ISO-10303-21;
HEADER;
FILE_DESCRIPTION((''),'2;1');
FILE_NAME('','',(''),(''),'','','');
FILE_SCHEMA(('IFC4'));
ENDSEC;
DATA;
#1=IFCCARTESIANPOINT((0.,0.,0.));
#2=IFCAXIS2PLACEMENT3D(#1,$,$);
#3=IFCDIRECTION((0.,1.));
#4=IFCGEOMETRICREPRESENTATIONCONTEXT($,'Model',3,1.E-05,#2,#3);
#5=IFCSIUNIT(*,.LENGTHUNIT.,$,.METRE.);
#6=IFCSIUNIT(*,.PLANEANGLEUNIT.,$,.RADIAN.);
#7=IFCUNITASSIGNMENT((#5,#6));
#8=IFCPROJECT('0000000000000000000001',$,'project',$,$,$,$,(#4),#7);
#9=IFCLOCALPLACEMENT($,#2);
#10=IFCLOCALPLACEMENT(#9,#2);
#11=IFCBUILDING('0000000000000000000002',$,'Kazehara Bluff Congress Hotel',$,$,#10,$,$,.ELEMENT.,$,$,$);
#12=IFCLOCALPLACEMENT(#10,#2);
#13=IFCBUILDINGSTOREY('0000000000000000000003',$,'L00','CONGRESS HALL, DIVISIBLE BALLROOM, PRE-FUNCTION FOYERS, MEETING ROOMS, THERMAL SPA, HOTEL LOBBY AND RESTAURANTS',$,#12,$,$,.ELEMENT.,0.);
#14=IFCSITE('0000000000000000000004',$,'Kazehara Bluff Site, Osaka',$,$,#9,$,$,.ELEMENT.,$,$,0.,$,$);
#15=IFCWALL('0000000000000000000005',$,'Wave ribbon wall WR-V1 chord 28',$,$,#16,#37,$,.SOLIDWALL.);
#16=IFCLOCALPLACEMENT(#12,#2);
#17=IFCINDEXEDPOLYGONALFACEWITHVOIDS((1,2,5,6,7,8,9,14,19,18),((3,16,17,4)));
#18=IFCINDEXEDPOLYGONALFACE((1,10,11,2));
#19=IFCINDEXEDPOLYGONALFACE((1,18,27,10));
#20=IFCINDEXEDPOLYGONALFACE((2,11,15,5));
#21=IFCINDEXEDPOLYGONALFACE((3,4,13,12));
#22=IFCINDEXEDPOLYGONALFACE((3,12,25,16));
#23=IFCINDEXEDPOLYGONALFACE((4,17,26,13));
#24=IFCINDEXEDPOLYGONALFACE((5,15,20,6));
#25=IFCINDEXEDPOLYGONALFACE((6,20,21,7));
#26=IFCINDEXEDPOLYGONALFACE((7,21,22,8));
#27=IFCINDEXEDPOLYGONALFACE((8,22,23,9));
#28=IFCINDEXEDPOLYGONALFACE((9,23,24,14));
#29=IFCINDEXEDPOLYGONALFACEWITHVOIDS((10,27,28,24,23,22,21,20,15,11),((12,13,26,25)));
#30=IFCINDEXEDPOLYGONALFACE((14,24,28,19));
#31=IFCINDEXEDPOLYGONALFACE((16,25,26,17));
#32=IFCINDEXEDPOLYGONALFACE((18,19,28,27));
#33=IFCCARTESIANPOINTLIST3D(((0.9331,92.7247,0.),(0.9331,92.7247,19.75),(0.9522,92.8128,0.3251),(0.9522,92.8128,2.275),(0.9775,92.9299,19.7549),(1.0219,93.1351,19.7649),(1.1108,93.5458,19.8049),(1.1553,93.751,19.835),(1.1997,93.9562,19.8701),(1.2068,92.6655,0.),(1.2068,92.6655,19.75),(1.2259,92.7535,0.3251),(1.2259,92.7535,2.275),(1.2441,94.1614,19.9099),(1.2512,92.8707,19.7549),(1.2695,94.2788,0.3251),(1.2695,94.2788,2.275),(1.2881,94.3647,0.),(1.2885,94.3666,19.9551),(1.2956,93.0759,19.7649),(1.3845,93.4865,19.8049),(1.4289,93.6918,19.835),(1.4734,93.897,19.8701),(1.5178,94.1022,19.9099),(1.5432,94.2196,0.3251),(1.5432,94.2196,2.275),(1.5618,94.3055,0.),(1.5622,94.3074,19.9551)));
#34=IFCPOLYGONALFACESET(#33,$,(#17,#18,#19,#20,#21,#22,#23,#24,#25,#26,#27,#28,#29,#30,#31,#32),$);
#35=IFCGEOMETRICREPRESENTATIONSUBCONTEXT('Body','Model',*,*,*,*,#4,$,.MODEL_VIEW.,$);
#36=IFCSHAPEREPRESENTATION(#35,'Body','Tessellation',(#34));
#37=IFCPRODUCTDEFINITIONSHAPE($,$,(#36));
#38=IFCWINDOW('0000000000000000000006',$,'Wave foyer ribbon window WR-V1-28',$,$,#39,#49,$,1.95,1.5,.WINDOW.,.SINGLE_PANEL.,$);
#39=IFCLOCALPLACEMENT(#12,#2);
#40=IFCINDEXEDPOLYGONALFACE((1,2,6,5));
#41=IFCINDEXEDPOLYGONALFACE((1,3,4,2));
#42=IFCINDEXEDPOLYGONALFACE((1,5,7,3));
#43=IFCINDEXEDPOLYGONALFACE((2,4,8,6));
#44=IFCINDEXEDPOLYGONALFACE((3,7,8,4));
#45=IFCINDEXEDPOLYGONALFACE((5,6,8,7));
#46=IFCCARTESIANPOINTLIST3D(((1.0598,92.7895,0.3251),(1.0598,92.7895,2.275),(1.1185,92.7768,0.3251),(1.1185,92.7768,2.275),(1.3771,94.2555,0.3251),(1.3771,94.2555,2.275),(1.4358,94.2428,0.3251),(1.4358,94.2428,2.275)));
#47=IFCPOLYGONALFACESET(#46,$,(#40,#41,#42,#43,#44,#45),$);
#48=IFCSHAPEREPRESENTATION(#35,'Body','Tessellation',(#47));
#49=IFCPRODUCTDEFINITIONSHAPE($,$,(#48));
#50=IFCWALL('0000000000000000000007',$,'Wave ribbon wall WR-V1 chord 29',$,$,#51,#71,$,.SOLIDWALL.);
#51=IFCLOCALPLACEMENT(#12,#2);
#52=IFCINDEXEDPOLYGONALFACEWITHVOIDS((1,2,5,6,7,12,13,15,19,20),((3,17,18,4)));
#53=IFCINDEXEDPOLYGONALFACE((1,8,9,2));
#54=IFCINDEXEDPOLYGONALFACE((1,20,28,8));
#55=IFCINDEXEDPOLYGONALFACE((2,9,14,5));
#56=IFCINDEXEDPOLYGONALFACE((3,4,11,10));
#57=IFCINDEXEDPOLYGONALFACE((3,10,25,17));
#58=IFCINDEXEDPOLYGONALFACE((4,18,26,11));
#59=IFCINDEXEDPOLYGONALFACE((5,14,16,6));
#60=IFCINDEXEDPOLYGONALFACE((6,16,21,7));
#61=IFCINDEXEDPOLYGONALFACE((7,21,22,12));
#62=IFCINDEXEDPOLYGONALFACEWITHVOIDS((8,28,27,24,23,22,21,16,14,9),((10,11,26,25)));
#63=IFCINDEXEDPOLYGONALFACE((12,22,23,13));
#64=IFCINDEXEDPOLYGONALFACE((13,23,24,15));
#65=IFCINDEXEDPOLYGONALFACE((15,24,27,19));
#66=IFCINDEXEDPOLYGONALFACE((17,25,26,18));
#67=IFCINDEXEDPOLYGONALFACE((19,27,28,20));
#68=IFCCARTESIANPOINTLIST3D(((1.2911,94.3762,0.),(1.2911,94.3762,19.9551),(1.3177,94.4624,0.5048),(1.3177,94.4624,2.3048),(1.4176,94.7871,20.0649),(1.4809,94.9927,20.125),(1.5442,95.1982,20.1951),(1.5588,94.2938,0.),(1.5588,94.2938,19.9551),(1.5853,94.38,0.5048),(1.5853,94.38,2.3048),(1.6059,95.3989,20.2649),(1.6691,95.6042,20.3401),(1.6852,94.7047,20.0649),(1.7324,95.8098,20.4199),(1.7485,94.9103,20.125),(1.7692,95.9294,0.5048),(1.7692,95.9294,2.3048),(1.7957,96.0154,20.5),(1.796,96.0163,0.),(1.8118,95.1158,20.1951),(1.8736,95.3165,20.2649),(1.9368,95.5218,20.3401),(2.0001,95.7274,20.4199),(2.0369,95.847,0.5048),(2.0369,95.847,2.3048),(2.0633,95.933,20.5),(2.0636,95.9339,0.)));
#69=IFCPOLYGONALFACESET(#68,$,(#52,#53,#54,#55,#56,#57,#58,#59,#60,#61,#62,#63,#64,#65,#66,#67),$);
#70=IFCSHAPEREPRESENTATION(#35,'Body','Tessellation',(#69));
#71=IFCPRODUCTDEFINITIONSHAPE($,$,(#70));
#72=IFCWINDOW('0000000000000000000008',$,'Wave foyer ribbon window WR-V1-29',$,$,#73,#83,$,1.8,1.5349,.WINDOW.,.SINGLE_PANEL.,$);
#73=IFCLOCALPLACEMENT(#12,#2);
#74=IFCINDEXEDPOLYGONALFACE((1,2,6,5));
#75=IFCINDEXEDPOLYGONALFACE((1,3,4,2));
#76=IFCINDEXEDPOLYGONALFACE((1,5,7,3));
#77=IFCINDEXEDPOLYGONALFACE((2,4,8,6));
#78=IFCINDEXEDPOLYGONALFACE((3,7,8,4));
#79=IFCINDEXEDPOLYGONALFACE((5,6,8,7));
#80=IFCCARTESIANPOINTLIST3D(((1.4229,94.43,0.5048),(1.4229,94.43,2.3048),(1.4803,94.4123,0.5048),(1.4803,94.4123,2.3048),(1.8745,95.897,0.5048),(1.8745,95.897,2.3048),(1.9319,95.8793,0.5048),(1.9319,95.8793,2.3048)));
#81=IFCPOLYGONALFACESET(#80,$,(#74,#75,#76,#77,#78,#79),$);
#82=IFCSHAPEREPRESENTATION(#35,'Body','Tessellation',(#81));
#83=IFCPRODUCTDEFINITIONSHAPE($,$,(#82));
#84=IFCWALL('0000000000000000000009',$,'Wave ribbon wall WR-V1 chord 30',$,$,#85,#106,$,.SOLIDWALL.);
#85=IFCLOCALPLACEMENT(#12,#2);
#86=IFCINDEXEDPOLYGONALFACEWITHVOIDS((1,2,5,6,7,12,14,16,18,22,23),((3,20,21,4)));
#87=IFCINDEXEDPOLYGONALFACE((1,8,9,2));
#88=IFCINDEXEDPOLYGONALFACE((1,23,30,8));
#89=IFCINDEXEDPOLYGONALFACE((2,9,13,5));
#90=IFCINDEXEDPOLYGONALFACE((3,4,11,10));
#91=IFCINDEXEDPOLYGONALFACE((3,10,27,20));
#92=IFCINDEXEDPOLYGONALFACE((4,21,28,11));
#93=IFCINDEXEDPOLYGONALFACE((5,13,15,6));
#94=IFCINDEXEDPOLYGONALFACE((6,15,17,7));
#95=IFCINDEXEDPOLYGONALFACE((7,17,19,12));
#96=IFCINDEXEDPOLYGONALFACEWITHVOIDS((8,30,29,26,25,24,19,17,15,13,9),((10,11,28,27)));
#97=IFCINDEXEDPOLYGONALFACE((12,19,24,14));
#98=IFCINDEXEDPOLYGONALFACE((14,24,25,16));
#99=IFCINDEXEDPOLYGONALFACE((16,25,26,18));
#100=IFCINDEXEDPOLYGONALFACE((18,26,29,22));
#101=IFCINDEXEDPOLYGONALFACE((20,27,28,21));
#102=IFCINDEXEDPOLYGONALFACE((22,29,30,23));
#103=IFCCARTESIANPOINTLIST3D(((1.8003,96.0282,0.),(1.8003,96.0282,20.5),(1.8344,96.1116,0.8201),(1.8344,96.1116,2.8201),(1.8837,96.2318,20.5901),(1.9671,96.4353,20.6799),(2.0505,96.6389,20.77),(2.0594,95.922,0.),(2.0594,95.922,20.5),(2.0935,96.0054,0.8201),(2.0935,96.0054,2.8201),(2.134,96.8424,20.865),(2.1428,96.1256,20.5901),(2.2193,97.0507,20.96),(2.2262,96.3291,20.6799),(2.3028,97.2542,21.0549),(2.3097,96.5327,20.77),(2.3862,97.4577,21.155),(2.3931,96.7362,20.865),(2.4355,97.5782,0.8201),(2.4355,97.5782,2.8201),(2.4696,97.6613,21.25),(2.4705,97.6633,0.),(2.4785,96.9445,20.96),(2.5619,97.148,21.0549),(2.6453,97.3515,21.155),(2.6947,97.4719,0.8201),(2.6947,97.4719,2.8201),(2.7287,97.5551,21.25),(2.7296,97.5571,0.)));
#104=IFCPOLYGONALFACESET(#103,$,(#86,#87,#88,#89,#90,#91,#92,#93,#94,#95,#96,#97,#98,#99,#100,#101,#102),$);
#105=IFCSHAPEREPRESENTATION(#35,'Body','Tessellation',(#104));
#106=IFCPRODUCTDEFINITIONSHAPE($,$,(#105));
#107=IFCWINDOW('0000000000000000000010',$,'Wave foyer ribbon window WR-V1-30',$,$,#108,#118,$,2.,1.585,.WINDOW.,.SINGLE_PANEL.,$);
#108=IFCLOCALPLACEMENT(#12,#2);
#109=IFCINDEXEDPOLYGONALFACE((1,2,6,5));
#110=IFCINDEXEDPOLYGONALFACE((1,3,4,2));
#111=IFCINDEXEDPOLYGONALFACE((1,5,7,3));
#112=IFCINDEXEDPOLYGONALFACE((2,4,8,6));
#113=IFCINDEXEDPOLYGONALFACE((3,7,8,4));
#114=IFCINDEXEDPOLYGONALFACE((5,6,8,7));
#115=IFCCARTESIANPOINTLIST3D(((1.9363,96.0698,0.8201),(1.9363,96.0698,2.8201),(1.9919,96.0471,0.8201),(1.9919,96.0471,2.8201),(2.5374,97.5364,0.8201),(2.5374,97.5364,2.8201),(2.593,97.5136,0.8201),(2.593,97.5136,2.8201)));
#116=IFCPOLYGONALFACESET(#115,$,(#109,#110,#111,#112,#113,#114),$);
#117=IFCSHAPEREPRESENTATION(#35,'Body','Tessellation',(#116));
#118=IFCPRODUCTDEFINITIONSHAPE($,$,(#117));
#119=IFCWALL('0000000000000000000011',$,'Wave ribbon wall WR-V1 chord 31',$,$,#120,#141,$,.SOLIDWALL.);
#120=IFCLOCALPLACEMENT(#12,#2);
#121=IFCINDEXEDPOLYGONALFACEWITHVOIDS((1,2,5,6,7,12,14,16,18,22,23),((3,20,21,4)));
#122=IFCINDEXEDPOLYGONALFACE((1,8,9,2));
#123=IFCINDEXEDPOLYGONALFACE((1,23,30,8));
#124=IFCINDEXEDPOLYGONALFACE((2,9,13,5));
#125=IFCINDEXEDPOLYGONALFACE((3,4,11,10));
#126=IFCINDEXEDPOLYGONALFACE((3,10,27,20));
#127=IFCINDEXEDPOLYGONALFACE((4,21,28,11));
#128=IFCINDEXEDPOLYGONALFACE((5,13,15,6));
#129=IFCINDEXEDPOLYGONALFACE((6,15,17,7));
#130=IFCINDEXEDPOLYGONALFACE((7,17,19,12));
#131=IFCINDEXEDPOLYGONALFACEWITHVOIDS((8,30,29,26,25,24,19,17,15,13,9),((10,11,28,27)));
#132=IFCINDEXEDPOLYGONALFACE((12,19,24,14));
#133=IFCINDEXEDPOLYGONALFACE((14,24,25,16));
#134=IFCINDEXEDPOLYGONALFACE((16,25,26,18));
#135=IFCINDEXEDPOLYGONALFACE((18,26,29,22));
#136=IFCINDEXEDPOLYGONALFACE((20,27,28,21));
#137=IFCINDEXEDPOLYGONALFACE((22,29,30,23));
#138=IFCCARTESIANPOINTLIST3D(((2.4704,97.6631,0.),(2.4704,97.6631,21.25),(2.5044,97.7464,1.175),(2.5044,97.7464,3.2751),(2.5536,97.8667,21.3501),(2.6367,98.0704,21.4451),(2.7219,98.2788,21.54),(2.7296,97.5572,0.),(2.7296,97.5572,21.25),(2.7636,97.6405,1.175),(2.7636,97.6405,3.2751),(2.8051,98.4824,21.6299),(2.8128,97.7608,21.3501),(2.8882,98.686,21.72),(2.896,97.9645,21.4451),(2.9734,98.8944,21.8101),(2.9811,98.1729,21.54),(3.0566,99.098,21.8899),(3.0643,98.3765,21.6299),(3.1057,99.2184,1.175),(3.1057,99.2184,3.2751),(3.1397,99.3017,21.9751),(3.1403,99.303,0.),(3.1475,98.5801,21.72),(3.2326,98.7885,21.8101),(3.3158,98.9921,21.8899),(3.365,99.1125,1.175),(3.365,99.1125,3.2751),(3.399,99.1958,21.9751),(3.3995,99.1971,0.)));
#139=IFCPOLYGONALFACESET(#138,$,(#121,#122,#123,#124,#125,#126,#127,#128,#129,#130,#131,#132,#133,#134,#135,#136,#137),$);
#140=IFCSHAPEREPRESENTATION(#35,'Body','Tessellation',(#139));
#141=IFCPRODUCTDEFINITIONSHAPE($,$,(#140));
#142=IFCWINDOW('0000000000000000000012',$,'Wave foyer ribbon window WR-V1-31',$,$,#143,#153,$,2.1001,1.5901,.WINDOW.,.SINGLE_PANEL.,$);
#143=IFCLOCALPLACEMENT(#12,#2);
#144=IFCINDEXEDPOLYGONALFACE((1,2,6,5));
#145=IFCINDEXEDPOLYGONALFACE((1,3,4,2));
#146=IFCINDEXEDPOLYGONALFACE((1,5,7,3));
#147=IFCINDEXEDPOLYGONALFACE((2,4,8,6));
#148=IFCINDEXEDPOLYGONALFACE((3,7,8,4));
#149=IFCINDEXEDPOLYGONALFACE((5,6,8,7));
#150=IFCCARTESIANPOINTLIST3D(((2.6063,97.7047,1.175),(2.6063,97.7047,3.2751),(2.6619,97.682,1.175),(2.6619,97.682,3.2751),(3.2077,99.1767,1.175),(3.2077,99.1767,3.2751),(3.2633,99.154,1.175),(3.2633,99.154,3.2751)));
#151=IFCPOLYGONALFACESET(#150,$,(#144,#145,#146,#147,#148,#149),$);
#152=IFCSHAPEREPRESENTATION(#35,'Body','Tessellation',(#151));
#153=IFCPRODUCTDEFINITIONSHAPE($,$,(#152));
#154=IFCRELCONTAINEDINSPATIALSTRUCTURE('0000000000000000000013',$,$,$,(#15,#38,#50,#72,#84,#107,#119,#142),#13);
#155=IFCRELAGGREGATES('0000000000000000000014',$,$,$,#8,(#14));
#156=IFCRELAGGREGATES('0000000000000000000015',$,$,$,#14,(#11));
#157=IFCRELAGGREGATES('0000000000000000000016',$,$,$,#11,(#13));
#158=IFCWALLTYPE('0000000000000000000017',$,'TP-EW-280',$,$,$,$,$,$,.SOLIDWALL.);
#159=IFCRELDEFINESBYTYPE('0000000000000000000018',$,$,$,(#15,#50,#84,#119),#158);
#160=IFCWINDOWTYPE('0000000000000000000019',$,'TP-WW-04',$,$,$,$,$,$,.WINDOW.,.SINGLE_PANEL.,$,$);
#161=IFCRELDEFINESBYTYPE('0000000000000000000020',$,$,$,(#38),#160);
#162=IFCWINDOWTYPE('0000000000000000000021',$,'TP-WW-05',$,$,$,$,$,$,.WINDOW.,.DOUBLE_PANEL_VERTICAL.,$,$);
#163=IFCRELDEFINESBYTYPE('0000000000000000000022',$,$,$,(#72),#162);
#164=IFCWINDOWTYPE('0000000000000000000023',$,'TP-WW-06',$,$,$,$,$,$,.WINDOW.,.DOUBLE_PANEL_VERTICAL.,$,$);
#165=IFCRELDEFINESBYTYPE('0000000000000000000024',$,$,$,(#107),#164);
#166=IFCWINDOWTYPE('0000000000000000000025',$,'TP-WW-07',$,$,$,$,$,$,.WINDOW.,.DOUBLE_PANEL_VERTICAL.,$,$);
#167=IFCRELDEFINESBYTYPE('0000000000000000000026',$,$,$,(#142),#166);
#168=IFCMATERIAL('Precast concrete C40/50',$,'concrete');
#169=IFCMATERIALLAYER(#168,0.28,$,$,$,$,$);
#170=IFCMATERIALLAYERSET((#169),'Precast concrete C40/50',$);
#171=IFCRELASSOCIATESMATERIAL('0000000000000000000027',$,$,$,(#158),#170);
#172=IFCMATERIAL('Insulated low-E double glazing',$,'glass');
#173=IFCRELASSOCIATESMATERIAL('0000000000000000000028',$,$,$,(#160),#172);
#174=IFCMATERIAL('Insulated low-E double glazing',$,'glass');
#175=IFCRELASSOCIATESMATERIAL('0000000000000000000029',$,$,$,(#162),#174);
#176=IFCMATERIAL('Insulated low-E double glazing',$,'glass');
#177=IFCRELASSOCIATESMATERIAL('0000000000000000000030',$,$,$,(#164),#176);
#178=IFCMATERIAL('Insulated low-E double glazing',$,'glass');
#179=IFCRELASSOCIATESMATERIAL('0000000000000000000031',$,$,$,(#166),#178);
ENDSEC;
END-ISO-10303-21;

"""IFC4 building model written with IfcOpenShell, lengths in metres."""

from ifc_helpers import new_model, si_unit, direction, frame, frame_2d, origin, place, context, subcontext, project, spatial, polyline, rectangle, outline, extrude, material, layer, layer_set, type_object, element, fill, save


model = new_model("IFC4")

# Units and contexts
model_context = context("Model", 3, precision=1e-05, world=origin(), true_north=direction((0.0, 1.0)))
body_context = subcontext(model_context, "Body", "Model", "MODEL_VIEW")
ifc_project = project(units=[si_unit("LENGTHUNIT", "METRE"), si_unit("PLANEANGLEUNIT", "RADIAN")], contexts=[model_context])

# Site, building, storey
site_placement = place(None, origin())
site = spatial("IfcSite", under=ifc_project, at=site_placement, Name="Kazehara Bluff Site, Osaka", CompositionType="ELEMENT", RefElevation=0.0)
building_placement = place(site_placement, origin())
building = spatial("IfcBuilding", under=site, at=building_placement, Name="Kazehara Bluff Congress Hotel", CompositionType="ELEMENT")
storey_placement = place(building_placement, origin())
storey = spatial("IfcBuildingStorey", under=building, at=storey_placement, Name="L00", Description="CONGRESS HALL, DIVISIBLE BALLROOM, PRE-FUNCTION FOYERS, MEETING ROOMS, THERMAL SPA, HOTEL LOBBY AND RESTAURANTS", CompositionType="ELEMENT", Elevation=0.0)

# Walls, openings, windows
ifc_material_1 = material(Name="Precast concrete C40/50", Category="concrete")
ifc_layer_1 = layer(ifc_material_1, 0.28)
ifc_layer_set_1 = layer_set([ifc_layer_1], Name="Precast concrete C40/50")
wall_type = type_object("IfcWallType", Name="TP-EW-280", PredefinedType="SOLIDWALL", material=ifc_layer_set_1)
wall_1_placement = place(storey_placement, frame((1.0701, 92.6951, 0.0), z_axis=(0.0, 0.0, 1.0), x_axis=(0.211566, 0.977364, 0.0)))
wall_1 = element("IfcWall", 1, at=wall_1_placement, inside=storey, type_object=wall_type, Name="Wave ribbon wall WR-V1 chord 28", PredefinedType="SOLIDWALL", context=body_context, shape_type="SweptSolid", body=[
    extrude(outline(polyline([(0.0, 0.0), (1.678, 0.0), (1.6799, 19.9551), (1.47, 19.9099), (1.26, 19.8701), (1.05, 19.835), (0.8401, 19.8049), (0.6299, 19.7849), (0.4199, 19.7649), (0.21, 19.7549), (0.0, 19.75), (0.0, 0.0)])), frame((0.0, 0.1401, 0.0), z_axis=(0.0, -1.0, 0.0), x_axis=(1.0, 0.0, 0.0)), (0.0, 0.0, 1.0), 0.28),
])
opening_1_placement = place(wall_1_placement, frame((0.0901, 0.0, 0.325)))
opening_1 = element("IfcOpeningElement", 2, at=opening_1_placement, cuts=wall_1, PredefinedType="OPENING", context=body_context, shape_type="SweptSolid", body=[
    extrude(rectangle(XDim=1.5, YDim=1.95, at=frame_2d((0.75, 0.9751))), frame((0.0, 0.1499, 0.0), z_axis=(0.0, -1.0, 0.0), x_axis=(1.0, 0.0, 0.0)), (0.0, 0.0, 1.0), 0.3),
])
ifc_material_2 = material(Name="Insulated low-E double glazing", Category="glass")
window_type_1 = type_object("IfcWindowType", Name="TP-WW-04", PartitioningType="SINGLE_PANEL", PredefinedType="WINDOW", material=ifc_material_2)
window_1_placement = place(opening_1_placement, origin())
window_1 = element("IfcWindow", 3, at=window_1_placement, inside=storey, type_object=window_type_1, Name="Wave foyer ribbon window WR-V1-28", OverallHeight=1.95, OverallWidth=1.5, PartitioningType="SINGLE_PANEL", PredefinedType="WINDOW", context=body_context, shape_type="SweptSolid", body=[
    extrude(rectangle(XDim=1.5, YDim=1.95, at=frame_2d((0.75, 0.9751))), frame((0.0, 0.03, 0.0), z_axis=(0.0, -1.0, 0.0), x_axis=(1.0, 0.0, 0.0)), (0.0, 0.0, 1.0), 0.0601),
])
fill(opening_1, window_1)
wall_2_placement = place(storey_placement, frame((1.425, 94.335, 0.0), z_axis=(0.0, 0.0, 1.0), x_axis=(0.294206, 0.955742, 0.0)))
wall_2 = element("IfcWall", 4, at=wall_2_placement, inside=storey, type_object=wall_type, Name="Wave ribbon wall WR-V1 chord 29", PredefinedType="SOLIDWALL", context=body_context, shape_type="SweptSolid", body=[
    extrude(outline(polyline([(0.0, 0.0), (1.7161, 0.0), (1.7151, 20.5), (1.5, 20.4199), (1.2849, 20.3401), (1.0701, 20.2649), (0.8601, 20.1951), (0.645, 20.125), (0.4299, 20.0649), (0.2151, 20.01), (0.0, 19.9551), (0.0, 0.0)])), frame((0.0, 0.1401, 0.0), z_axis=(0.0, -1.0, 0.0), x_axis=(1.0, 0.0, 0.0)), (0.0, 0.0, 1.0), 0.28),
])
opening_2_placement = place(wall_2_placement, frame((0.0901, 0.0, 0.5049)))
opening_2 = element("IfcOpeningElement", 5, at=opening_2_placement, cuts=wall_2, PredefinedType="OPENING", context=body_context, shape_type="SweptSolid", body=[
    extrude(rectangle(XDim=1.5349, YDim=1.8, at=frame_2d((0.7676, 0.8999))), frame((0.0, 0.1499, 0.0), z_axis=(0.0, -1.0, 0.0), x_axis=(1.0, 0.0, 0.0)), (0.0, 0.0, 1.0), 0.3),
])
ifc_material_3 = material(Name="Insulated low-E double glazing", Category="glass")
window_type_2 = type_object("IfcWindowType", Name="TP-WW-05", PartitioningType="DOUBLE_PANEL_VERTICAL", PredefinedType="WINDOW", material=ifc_material_3)
window_2_placement = place(opening_2_placement, origin())
window_2 = element("IfcWindow", 6, at=window_2_placement, inside=storey, type_object=window_type_2, Name="Wave foyer ribbon window WR-V1-29", OverallHeight=1.8, OverallWidth=1.5349, PartitioningType="SINGLE_PANEL", PredefinedType="WINDOW", context=body_context, shape_type="SweptSolid", body=[
    extrude(rectangle(XDim=1.5349, YDim=1.8, at=frame_2d((0.7676, 0.8999))), frame((0.0, 0.03, 0.0), z_axis=(0.0, -1.0, 0.0), x_axis=(1.0, 0.0, 0.0)), (0.0, 0.0, 1.0), 0.0601),
])
fill(opening_2, window_2)
wall_3_placement = place(storey_placement, frame((1.9299, 95.9751, 0.0), z_axis=(0.0, 0.0, 1.0), x_axis=(0.379262, 0.925289, 0.0)))
wall_3 = element("IfcWall", 7, at=wall_3_placement, inside=storey, type_object=wall_type, Name="Wave ribbon wall WR-V1 chord 30", PredefinedType="SOLIDWALL", context=body_context, shape_type="SweptSolid", body=[
    extrude(outline(polyline([(0.0, 0.0), (1.7671, 0.0), (1.7649, 21.25), (1.5449, 21.155), (1.325, 21.0549), (1.105, 20.96), (0.8799, 20.865), (0.6599, 20.77), (0.4399, 20.6799), (0.22, 20.5901), (0.0, 20.5), (0.0, 0.0)])), frame((0.0, 0.1401, 0.0), z_axis=(0.0, -1.0, 0.0), x_axis=(1.0, 0.0, 0.0)), (0.0, 0.0, 1.0), 0.28),
])
opening_3_placement = place(wall_3_placement, frame((0.0901, 0.0, 0.8201)))
opening_3 = element("IfcOpeningElement", 8, at=opening_3_placement, cuts=wall_3, PredefinedType="OPENING", context=body_context, shape_type="SweptSolid", body=[
    extrude(rectangle(XDim=1.585, YDim=2.0, at=frame_2d((0.7925, 1.0))), frame((0.0, 0.1499, 0.0), z_axis=(0.0, -1.0, 0.0), x_axis=(1.0, 0.0, 0.0)), (0.0, 0.0, 1.0), 0.3),
])
ifc_material_4 = material(Name="Insulated low-E double glazing", Category="glass")
window_type_3 = type_object("IfcWindowType", Name="TP-WW-06", PartitioningType="DOUBLE_PANEL_VERTICAL", PredefinedType="WINDOW", material=ifc_material_4)
window_3_placement = place(opening_3_placement, origin())
window_3 = element("IfcWindow", 9, at=window_3_placement, inside=storey, type_object=window_type_3, Name="Wave foyer ribbon window WR-V1-30", OverallHeight=2.0, OverallWidth=1.585, PartitioningType="SINGLE_PANEL", PredefinedType="WINDOW", context=body_context, shape_type="SweptSolid", body=[
    extrude(rectangle(XDim=1.585, YDim=2.0, at=frame_2d((0.7925, 1.0))), frame((0.0, 0.03, 0.0), z_axis=(0.0, -1.0, 0.0), x_axis=(1.0, 0.0, 0.0)), (0.0, 0.0, 1.0), 0.0601),
])
fill(opening_3, window_3)
wall_4_placement = place(storey_placement, frame((2.6001, 97.6101, 0.0), z_axis=(0.0, 0.0, 1.0), x_axis=(0.378177, 0.925733, 0.0)))
wall_4 = element("IfcWall", 10, at=wall_4_placement, inside=storey, type_object=wall_type, Name="Wave ribbon wall WR-V1 chord 31", PredefinedType="SOLIDWALL", context=body_context, shape_type="SweptSolid", body=[
    extrude(outline(polyline([(0.0, 0.0), (1.7715, 0.0), (1.77, 21.9751), (1.55, 21.8899), (1.3301, 21.8101), (1.105, 21.72), (0.885, 21.6299), (0.665, 21.54), (0.4399, 21.4451), (0.22, 21.3501), (0.0, 21.25), (0.0, 0.0)])), frame((0.0, 0.1401, 0.0), z_axis=(0.0, -1.0, 0.0), x_axis=(1.0, 0.0, 0.0)), (0.0, 0.0, 1.0), 0.28),
])
opening_4_placement = place(wall_4_placement, frame((0.0901, 0.0, 1.175)))
opening_4 = element("IfcOpeningElement", 11, at=opening_4_placement, cuts=wall_4, PredefinedType="OPENING", context=body_context, shape_type="SweptSolid", body=[
    extrude(rectangle(XDim=1.5901, YDim=2.1001, at=frame_2d((0.7949, 1.05))), frame((0.0, 0.1499, 0.0), z_axis=(0.0, -1.0, 0.0), x_axis=(1.0, 0.0, 0.0)), (0.0, 0.0, 1.0), 0.3),
])
ifc_material_5 = material(Name="Insulated low-E double glazing", Category="glass")
window_type_4 = type_object("IfcWindowType", Name="TP-WW-07", PartitioningType="DOUBLE_PANEL_VERTICAL", PredefinedType="WINDOW", material=ifc_material_5)
window_4_placement = place(opening_4_placement, origin())
window_4 = element("IfcWindow", 12, at=window_4_placement, inside=storey, type_object=window_type_4, Name="Wave foyer ribbon window WR-V1-31", OverallHeight=2.1001, OverallWidth=1.5901, PartitioningType="SINGLE_PANEL", PredefinedType="WINDOW", context=body_context, shape_type="SweptSolid", body=[
    extrude(rectangle(XDim=1.5901, YDim=2.1001, at=frame_2d((0.7949, 1.05))), frame((0.0, 0.03, 0.0), z_axis=(0.0, -1.0, 0.0), x_axis=(1.0, 0.0, 0.0)), (0.0, 0.0, 1.0), 0.0601),
])
fill(opening_4, window_4)

save(model, "model.ifc")
